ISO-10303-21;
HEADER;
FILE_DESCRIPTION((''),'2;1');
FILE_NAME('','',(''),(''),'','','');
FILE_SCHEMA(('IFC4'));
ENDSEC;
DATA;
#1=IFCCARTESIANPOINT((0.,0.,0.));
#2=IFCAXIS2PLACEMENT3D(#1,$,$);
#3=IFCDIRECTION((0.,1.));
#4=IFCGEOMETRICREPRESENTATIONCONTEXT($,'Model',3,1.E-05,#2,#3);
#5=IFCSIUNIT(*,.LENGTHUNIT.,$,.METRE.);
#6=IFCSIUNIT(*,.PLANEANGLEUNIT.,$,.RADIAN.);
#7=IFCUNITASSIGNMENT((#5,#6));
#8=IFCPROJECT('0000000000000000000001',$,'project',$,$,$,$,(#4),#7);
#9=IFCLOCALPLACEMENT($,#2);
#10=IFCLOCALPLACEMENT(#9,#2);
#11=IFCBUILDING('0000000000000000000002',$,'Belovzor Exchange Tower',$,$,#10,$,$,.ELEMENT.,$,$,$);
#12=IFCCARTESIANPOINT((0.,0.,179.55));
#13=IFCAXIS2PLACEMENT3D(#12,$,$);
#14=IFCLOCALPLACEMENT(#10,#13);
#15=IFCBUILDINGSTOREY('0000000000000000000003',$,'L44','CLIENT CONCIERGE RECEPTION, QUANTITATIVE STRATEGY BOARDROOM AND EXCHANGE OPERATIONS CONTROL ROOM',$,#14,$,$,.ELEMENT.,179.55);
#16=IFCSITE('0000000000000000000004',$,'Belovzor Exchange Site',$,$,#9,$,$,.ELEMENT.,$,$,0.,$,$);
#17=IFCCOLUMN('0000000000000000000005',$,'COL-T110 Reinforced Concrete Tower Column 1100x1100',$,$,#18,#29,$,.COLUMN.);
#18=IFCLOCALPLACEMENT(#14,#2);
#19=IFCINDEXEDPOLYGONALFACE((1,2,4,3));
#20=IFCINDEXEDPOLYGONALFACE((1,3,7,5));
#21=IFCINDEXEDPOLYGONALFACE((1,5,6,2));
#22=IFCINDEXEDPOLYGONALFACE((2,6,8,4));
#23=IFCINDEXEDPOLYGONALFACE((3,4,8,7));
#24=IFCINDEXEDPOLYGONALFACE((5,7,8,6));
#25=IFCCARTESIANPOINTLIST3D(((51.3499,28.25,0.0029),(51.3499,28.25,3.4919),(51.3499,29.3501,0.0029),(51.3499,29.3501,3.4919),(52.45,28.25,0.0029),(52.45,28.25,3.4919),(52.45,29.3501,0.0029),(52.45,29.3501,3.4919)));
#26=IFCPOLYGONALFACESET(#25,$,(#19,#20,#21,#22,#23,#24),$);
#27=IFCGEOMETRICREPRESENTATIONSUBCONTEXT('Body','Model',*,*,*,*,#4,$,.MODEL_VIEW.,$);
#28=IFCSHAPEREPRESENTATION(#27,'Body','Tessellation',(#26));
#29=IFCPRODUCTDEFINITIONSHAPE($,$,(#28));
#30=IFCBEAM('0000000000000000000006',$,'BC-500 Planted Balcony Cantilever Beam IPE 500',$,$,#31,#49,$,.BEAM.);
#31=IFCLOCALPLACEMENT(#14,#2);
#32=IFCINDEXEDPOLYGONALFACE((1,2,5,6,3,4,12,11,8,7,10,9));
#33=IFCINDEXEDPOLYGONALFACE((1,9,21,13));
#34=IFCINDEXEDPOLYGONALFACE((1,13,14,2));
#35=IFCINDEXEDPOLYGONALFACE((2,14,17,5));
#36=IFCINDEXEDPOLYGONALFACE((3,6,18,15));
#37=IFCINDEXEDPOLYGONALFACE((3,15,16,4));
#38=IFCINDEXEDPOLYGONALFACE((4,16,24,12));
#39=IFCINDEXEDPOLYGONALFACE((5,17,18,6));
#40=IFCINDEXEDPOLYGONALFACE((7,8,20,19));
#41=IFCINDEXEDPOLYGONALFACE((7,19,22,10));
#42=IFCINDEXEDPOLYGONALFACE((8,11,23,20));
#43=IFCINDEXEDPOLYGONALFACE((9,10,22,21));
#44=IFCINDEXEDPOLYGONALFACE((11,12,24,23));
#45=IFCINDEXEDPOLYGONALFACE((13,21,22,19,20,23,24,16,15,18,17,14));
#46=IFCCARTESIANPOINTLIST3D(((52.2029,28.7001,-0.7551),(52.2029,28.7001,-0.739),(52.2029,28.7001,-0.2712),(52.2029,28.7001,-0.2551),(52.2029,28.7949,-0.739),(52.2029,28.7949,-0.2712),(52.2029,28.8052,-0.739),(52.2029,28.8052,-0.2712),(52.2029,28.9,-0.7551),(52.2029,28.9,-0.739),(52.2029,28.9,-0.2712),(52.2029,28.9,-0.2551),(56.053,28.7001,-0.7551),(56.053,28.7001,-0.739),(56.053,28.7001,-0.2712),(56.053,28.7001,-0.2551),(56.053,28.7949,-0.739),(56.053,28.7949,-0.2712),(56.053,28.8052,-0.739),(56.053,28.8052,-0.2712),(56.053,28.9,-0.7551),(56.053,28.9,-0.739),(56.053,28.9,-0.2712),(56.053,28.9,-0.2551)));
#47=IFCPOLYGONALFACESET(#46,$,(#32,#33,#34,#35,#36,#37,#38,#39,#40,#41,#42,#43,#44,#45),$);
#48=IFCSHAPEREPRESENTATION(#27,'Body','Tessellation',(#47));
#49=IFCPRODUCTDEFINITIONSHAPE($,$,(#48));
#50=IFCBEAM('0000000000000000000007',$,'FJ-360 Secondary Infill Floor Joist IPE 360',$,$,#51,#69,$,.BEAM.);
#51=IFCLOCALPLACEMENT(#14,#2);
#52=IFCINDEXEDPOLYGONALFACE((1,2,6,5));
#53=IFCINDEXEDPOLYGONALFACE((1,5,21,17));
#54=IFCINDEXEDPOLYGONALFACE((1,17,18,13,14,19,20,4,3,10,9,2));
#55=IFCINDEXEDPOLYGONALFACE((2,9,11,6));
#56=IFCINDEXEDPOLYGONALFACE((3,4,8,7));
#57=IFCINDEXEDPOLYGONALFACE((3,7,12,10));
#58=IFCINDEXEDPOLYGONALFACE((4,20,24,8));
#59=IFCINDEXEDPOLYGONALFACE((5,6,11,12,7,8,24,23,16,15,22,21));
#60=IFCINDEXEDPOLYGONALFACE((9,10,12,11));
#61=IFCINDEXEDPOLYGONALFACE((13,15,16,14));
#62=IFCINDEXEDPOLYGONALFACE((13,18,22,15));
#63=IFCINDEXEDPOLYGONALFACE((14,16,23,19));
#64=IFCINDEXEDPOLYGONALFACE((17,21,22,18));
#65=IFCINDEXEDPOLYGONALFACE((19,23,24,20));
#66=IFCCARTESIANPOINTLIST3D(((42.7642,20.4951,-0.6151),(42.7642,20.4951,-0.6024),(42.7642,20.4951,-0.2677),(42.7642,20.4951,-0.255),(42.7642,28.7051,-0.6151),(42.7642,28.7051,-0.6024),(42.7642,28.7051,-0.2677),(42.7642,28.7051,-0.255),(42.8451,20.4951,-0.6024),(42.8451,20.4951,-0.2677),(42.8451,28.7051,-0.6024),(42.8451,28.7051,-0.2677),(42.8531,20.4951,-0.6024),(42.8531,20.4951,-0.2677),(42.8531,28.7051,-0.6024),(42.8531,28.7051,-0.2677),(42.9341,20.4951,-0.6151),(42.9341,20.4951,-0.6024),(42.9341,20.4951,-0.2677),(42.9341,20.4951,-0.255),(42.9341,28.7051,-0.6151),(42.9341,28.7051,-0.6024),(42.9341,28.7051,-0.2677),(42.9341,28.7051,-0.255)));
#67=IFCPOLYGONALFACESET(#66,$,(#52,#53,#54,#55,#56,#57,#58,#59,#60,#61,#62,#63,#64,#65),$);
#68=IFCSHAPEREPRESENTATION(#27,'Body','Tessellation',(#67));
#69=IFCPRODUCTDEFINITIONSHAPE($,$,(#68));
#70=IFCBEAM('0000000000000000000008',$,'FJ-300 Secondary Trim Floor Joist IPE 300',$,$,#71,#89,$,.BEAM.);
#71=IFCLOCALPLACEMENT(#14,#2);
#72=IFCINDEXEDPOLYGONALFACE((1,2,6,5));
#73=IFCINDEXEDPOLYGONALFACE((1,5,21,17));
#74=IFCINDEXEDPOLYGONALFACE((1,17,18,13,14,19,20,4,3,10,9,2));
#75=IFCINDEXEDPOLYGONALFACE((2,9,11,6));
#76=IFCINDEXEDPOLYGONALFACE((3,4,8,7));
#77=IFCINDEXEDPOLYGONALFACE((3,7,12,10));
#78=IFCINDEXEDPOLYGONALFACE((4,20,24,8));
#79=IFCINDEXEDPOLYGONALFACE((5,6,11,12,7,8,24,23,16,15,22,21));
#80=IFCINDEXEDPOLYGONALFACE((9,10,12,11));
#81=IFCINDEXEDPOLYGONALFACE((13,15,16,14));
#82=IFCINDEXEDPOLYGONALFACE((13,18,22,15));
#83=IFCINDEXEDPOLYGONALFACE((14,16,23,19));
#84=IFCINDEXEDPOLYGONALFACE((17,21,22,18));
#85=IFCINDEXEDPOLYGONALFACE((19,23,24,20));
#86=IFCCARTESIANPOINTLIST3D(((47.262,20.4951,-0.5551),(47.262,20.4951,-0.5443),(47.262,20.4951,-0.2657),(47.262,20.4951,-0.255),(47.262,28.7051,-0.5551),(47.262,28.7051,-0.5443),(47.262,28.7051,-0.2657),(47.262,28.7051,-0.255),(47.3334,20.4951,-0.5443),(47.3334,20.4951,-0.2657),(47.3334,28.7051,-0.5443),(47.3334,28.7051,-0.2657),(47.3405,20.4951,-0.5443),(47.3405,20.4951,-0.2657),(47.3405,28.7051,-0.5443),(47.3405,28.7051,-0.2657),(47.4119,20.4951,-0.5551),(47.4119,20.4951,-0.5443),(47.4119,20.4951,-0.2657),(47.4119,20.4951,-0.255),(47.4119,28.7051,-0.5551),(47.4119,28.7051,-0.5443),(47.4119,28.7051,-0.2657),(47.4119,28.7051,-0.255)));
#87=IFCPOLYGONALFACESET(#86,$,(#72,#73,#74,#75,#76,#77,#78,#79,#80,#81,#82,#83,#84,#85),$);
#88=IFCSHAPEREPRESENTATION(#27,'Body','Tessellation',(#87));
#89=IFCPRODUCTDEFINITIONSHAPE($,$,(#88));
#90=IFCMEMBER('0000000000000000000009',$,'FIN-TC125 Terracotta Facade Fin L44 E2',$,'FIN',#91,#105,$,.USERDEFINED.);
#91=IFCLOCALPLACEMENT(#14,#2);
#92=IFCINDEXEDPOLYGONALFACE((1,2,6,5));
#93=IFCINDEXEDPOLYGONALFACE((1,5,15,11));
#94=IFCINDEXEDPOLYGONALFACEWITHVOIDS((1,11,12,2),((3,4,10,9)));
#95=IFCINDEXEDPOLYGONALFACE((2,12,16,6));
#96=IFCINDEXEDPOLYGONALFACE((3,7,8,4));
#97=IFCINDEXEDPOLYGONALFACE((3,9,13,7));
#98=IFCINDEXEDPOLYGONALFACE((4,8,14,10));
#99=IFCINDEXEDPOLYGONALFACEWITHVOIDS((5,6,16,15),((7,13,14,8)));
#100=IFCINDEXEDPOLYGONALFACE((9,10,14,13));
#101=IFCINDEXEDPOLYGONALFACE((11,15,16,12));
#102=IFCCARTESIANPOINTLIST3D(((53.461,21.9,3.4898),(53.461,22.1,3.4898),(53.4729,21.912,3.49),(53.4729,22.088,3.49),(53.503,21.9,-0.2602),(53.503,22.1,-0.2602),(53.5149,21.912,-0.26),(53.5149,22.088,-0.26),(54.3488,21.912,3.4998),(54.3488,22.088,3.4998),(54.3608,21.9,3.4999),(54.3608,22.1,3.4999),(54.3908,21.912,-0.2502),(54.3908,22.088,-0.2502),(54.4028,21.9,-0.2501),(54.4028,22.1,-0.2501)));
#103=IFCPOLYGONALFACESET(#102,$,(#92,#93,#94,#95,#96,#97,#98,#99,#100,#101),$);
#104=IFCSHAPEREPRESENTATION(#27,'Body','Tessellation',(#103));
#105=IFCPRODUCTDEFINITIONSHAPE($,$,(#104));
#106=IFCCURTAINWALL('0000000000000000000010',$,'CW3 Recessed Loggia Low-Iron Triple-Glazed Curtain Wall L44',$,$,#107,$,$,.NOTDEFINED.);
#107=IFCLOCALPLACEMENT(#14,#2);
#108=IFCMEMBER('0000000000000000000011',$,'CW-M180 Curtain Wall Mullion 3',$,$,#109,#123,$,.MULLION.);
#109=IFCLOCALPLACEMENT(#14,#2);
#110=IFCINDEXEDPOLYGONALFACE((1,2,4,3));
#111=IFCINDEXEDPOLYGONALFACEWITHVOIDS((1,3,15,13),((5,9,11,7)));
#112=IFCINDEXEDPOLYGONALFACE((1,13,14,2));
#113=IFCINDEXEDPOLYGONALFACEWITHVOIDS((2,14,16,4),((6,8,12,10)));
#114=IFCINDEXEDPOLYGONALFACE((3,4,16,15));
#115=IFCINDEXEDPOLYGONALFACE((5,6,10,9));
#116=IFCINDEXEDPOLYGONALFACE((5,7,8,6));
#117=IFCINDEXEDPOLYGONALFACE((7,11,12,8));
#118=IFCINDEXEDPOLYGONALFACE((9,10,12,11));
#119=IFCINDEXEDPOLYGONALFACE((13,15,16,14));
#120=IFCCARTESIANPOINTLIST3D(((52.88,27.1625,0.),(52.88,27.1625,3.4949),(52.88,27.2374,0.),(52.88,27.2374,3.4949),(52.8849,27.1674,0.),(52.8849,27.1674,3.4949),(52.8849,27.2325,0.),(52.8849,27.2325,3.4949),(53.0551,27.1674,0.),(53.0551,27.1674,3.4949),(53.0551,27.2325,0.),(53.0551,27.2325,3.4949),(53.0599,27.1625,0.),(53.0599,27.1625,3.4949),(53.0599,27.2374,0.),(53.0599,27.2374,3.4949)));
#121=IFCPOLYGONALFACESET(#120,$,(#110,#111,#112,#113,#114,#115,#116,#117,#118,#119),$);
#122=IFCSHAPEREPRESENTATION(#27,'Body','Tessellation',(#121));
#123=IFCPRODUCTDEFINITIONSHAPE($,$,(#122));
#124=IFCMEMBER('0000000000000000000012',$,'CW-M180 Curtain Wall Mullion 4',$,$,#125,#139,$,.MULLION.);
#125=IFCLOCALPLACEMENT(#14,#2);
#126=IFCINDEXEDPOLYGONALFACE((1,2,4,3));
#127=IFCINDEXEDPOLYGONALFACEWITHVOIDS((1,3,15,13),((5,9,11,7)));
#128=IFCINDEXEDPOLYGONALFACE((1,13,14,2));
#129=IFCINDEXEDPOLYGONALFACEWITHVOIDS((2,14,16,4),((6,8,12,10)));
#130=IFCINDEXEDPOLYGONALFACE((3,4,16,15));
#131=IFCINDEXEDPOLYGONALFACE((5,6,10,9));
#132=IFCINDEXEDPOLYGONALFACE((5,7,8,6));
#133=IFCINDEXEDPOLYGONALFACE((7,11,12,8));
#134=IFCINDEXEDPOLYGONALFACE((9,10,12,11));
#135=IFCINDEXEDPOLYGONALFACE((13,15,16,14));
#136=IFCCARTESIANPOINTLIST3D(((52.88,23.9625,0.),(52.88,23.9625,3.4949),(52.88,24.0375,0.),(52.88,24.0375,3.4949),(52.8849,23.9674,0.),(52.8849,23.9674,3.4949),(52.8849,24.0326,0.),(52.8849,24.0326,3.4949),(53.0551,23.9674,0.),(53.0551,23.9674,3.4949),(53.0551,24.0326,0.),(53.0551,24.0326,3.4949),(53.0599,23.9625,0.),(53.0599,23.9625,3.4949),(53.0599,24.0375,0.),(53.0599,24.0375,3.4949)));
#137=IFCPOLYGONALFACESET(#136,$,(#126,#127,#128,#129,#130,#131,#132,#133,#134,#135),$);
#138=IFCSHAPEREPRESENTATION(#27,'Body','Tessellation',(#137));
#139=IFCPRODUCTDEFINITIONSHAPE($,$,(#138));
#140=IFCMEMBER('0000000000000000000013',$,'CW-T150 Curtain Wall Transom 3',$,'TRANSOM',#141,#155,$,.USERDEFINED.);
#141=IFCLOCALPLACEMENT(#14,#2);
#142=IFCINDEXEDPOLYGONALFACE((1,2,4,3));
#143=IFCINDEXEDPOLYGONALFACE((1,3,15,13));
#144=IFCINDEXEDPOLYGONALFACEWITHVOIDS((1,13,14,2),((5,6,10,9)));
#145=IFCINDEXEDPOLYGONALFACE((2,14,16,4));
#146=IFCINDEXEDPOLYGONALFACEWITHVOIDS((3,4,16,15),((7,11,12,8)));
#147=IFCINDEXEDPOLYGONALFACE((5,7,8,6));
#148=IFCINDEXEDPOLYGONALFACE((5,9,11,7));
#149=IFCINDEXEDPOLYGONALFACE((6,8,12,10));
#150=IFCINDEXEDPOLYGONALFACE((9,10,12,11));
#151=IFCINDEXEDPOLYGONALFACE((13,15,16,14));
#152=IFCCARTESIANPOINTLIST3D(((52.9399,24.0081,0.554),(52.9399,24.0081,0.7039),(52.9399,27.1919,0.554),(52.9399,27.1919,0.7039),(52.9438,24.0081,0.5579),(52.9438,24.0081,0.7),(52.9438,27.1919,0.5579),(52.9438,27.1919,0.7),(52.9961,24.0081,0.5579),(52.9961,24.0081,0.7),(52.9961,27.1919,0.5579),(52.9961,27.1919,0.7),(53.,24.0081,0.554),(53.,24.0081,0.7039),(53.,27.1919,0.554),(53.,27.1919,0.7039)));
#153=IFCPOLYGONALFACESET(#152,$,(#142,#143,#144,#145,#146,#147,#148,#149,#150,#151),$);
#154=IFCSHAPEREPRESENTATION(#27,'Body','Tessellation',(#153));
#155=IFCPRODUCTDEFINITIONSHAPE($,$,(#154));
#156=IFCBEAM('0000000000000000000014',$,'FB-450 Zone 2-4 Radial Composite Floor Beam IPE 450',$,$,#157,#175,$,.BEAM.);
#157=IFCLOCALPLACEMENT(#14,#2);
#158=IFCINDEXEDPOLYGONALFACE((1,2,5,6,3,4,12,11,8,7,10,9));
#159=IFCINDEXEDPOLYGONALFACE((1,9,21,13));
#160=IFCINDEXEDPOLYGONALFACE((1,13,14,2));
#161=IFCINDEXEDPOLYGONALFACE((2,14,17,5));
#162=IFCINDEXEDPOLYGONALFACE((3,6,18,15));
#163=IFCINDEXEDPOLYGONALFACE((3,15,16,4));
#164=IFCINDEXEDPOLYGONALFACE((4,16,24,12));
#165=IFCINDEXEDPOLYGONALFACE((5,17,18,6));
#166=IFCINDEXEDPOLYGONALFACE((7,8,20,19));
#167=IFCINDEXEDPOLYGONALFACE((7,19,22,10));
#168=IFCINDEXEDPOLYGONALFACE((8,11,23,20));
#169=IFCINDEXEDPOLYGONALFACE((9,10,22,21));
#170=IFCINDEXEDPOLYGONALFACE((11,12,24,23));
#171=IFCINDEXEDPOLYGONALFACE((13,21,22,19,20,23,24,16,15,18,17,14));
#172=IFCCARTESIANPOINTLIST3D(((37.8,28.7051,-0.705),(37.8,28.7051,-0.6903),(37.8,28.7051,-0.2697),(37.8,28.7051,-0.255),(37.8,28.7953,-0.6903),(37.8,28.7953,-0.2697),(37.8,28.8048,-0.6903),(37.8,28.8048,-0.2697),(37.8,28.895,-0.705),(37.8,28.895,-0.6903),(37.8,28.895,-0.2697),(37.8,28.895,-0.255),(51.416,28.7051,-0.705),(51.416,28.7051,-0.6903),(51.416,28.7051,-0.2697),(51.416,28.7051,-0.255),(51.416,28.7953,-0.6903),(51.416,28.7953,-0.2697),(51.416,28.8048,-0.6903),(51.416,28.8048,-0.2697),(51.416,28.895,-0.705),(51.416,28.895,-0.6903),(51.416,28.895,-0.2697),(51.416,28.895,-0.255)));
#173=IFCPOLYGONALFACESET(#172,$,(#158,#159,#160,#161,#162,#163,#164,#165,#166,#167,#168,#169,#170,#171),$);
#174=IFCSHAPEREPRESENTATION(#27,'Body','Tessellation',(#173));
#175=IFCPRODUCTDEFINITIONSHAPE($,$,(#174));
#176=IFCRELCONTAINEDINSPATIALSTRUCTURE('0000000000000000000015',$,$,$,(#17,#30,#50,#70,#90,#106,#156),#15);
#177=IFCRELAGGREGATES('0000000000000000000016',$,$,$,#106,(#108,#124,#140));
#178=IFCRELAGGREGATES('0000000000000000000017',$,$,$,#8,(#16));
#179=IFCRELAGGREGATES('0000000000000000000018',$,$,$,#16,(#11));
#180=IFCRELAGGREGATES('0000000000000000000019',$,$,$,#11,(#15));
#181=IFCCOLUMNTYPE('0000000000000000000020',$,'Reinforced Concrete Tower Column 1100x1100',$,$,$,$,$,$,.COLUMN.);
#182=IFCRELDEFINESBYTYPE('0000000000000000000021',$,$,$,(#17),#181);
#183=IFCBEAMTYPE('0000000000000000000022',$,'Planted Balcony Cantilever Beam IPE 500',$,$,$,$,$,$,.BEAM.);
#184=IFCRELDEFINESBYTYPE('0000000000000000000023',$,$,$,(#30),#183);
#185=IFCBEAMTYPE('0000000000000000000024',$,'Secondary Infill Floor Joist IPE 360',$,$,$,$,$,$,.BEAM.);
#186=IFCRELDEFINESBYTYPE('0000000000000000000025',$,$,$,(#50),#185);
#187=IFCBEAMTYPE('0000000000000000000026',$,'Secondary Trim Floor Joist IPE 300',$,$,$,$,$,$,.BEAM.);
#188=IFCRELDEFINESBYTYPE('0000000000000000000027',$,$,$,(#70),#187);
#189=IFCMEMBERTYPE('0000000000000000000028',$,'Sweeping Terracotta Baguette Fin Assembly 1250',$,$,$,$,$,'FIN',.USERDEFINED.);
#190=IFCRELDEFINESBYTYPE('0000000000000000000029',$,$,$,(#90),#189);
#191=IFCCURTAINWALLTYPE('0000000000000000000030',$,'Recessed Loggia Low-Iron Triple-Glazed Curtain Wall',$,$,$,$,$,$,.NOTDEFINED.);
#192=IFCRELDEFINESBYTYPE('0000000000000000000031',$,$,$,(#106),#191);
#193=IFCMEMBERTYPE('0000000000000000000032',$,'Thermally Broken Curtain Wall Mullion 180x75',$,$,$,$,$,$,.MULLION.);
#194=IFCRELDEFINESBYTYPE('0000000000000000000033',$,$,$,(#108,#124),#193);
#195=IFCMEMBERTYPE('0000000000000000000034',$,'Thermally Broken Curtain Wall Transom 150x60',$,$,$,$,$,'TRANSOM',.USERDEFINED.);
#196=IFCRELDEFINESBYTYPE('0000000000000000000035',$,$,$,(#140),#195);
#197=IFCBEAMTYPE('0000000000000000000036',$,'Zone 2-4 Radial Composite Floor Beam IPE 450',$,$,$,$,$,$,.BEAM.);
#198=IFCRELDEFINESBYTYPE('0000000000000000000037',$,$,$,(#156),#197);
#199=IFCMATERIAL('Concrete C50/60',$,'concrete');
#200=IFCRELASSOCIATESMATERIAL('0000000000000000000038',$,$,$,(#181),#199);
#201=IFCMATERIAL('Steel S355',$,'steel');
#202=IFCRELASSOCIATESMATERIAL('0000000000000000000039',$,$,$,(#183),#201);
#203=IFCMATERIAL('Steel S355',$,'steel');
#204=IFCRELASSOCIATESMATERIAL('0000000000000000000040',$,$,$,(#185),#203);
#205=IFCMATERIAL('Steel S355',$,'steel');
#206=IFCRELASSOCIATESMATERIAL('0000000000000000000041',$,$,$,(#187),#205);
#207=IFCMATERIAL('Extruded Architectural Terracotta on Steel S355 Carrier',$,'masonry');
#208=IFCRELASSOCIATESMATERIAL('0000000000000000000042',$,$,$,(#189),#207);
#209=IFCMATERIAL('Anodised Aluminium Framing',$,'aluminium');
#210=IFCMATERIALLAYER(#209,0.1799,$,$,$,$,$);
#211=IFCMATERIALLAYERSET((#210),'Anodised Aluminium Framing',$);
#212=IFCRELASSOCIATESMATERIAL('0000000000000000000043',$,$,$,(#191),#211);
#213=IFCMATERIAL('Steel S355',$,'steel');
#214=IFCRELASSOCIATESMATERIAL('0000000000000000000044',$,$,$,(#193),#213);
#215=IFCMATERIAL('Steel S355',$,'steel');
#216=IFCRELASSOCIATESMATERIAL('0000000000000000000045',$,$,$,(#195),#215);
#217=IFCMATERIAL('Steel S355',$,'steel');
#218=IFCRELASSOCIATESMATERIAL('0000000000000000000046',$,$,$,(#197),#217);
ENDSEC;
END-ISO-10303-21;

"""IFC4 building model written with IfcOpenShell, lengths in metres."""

from ifc_helpers import new_model, si_unit, direction, frame, origin, origin_2d, place, context, subcontext, project, spatial, rectangle, hollow_rectangle, i_section, extrude, material, layer, layer_set, material_profile, profile_set, type_object, element, aggregate, save


model = new_model("IFC4")

# Units and contexts
model_context = context("Model", 3, precision=1e-05, world=origin(), true_north=direction((0.0, 1.0)))
body_context = subcontext(model_context, "Body", "Model", "MODEL_VIEW")
ifc_project = project(units=[si_unit("LENGTHUNIT", "METRE"), si_unit("PLANEANGLEUNIT", "RADIAN")], contexts=[model_context])

# Site, building, storey
site_placement = place(None, origin())
site = spatial("IfcSite", under=ifc_project, at=site_placement, Name="Belovzor Exchange Site", CompositionType="ELEMENT", RefElevation=0.0)
building_placement = place(site_placement, origin())
building = spatial("IfcBuilding", under=site, at=building_placement, Name="Belovzor Exchange Tower", CompositionType="ELEMENT")
storey_placement = place(building_placement, frame((0.0, 0.0, 179.55)))
storey = spatial("IfcBuildingStorey", under=building, at=storey_placement, Name="L44", Description="CLIENT CONCIERGE RECEPTION, QUANTITATIVE STRATEGY BOARDROOM AND EXCHANGE OPERATIONS CONTROL ROOM", CompositionType="ELEMENT", Elevation=179.55)

# Column
ifc_material_1 = material(Name="Concrete C50/60", Category="concrete")
ifc_material_profile_1 = material_profile(ifc_material_1, rectangle(XDim=1.1001, YDim=1.1001, at=origin_2d()))
ifc_profile_set_1 = profile_set([ifc_material_profile_1], Name="Concrete C50/60")
column_type = type_object("IfcColumnType", Name="Reinforced Concrete Tower Column 1100x1100", PredefinedType="COLUMN", material=ifc_profile_set_1)
column_placement = place(storey_placement, frame((51.8999, 28.8, 0.0029), z_axis=(0.0, 0.0, 1.0), x_axis=(1.0, 0.0, 0.0)))
element("IfcColumn", 1, at=column_placement, inside=storey, type_object=column_type, Name="COL-T110 Reinforced Concrete Tower Column 1100x1100", PredefinedType="COLUMN", context=body_context, shape_type="SweptSolid", body=[
    extrude(rectangle(XDim=1.1001, YDim=1.1001, at=origin_2d()), origin(), (0.0, 0.0, 1.0), 3.489),
])

# Beams
ifc_material_2 = material(Name="Steel S355", Category="steel")
ifc_material_profile_2 = material_profile(ifc_material_2, i_section(OverallWidth=0.2, OverallDepth=0.5, WebThickness=0.0103, FlangeThickness=0.0161, at=origin_2d()))
ifc_profile_set_2 = profile_set([ifc_material_profile_2], Name="Steel S355")
beam_type_1 = type_object("IfcBeamType", Name="Planted Balcony Cantilever Beam IPE 500", PredefinedType="BEAM", material=ifc_profile_set_2)
beam_1_placement = place(storey_placement, frame((52.2029, 28.8, -0.5051), z_axis=(1.0, 0.0, 0.0), x_axis=(0.0, 1.0, 0.0)))
element("IfcBeam", 2, at=beam_1_placement, inside=storey, type_object=beam_type_1, Name="BC-500 Planted Balcony Cantilever Beam IPE 500", PredefinedType="BEAM", context=body_context, shape_type="SweptSolid", body=[
    extrude(i_section(OverallWidth=0.2, OverallDepth=0.5, WebThickness=0.0103, FlangeThickness=0.0161, at=origin_2d()), origin(), (0.0, 0.0, 1.0), 3.8501),
])
ifc_material_3 = material(Name="Steel S355", Category="steel")
ifc_material_profile_3 = material_profile(ifc_material_3, i_section(OverallWidth=0.1699, OverallDepth=0.3601, WebThickness=0.0081, FlangeThickness=0.0127, at=origin_2d()))
ifc_profile_set_3 = profile_set([ifc_material_profile_3], Name="Steel S355")
beam_type_2 = type_object("IfcBeamType", Name="Secondary Infill Floor Joist IPE 360", PredefinedType="BEAM", material=ifc_profile_set_3)
beam_2_placement = place(storey_placement, frame((42.8491, 20.4951, -0.4351), z_axis=(0.0, 1.0, 0.0), x_axis=(-1.0, 0.0, 0.0)))
element("IfcBeam", 3, at=beam_2_placement, inside=storey, type_object=beam_type_2, Name="FJ-360 Secondary Infill Floor Joist IPE 360", PredefinedType="BEAM", context=body_context, shape_type="SweptSolid", body=[
    extrude(i_section(OverallWidth=0.1699, OverallDepth=0.3601, WebThickness=0.0081, FlangeThickness=0.0127, at=origin_2d()), origin(), (0.0, 0.0, 1.0), 8.21),
])
ifc_material_4 = material(Name="Steel S355", Category="steel")
ifc_material_profile_4 = material_profile(ifc_material_4, i_section(OverallWidth=0.1499, OverallDepth=0.3, WebThickness=0.0071, FlangeThickness=0.0107, at=origin_2d()))
ifc_profile_set_4 = profile_set([ifc_material_profile_4], Name="Steel S355")
beam_type_3 = type_object("IfcBeamType", Name="Secondary Trim Floor Joist IPE 300", PredefinedType="BEAM", material=ifc_profile_set_4)
beam_3_placement = place(storey_placement, frame((47.3369, 20.4951, -0.405), z_axis=(0.0, 1.0, 0.0), x_axis=(-1.0, 0.0, 0.0)))
element("IfcBeam", 4, at=beam_3_placement, inside=storey, type_object=beam_type_3, Name="FJ-300 Secondary Trim Floor Joist IPE 300", PredefinedType="BEAM", context=body_context, shape_type="SweptSolid", body=[
    extrude(i_section(OverallWidth=0.1499, OverallDepth=0.3, WebThickness=0.0071, FlangeThickness=0.0107, at=origin_2d()), origin(), (0.0, 0.0, 1.0), 8.21),
])

# Member
ifc_material_5 = material(Name="Extruded Architectural Terracotta on Steel S355 Carrier", Category="masonry")
ifc_material_profile_5 = material_profile(ifc_material_5, hollow_rectangle(XDim=0.2, YDim=0.8999, WallThickness=0.012, at=origin_2d()))
ifc_profile_set_5 = profile_set([ifc_material_profile_5], Name="Extruded Architectural Terracotta on Steel S355 Carrier")
member_type_1 = type_object("IfcMemberType", Name="Sweeping Terracotta Baguette Fin Assembly 1250", ElementType="FIN", PredefinedType="USERDEFINED", material=ifc_profile_set_5)
member_1_placement = place(storey_placement, frame((53.9529, 22.0, -0.2551), z_axis=(-0.011197, 0.0, 0.999937), x_axis=(0.0, -1.0, 0.0)))
element("IfcMember", 5, at=member_1_placement, inside=storey, type_object=member_type_1, Name="FIN-TC125 Terracotta Facade Fin L44 E2", ObjectType="FIN", PredefinedType="USERDEFINED", context=body_context, shape_type="SweptSolid", body=[
    extrude(hollow_rectangle(XDim=0.2, YDim=0.8999, WallThickness=0.012, at=origin_2d()), origin(), (0.0, 0.0, 1.0), 3.7502),
])

# Curtain wall, members
ifc_material_6 = material(Name="Anodised Aluminium Framing", Category="aluminium")
ifc_layer_1 = layer(ifc_material_6, 0.1799)
ifc_layer_set_1 = layer_set([ifc_layer_1], Name="Anodised Aluminium Framing")
curtain_wall_type = type_object("IfcCurtainWallType", Name="Recessed Loggia Low-Iron Triple-Glazed Curtain Wall", PredefinedType="NOTDEFINED", material=ifc_layer_set_1)
curtain_wall_placement = place(storey_placement, origin())
curtain_wall = element("IfcCurtainWall", 6, at=curtain_wall_placement, inside=storey, type_object=curtain_wall_type, Name="CW3 Recessed Loggia Low-Iron Triple-Glazed Curtain Wall L44", PredefinedType="NOTDEFINED")
ifc_material_7 = material(Name="Steel S355", Category="steel")
ifc_material_profile_6 = material_profile(ifc_material_7, hollow_rectangle(XDim=0.075, YDim=0.1799, WallThickness=0.0049, at=origin_2d()))
ifc_profile_set_6 = profile_set([ifc_material_profile_6], Name="Steel S355")
member_type_2 = type_object("IfcMemberType", Name="Thermally Broken Curtain Wall Mullion 180x75", PredefinedType="MULLION", material=ifc_profile_set_6)
member_2_placement = place(storey_placement, frame((52.97, 27.2, 0.0), z_axis=(0.0, 0.0, 1.0), x_axis=(0.0, -1.0, 0.0)))
member_2 = element("IfcMember", 7, at=member_2_placement, type_object=member_type_2, Name="CW-M180 Curtain Wall Mullion 3", PredefinedType="MULLION", context=body_context, shape_type="SweptSolid", body=[
    extrude(hollow_rectangle(XDim=0.075, YDim=0.1799, WallThickness=0.0049, at=origin_2d()), origin(), (0.0, 0.0, 1.0), 3.4949),
])
member_3_placement = place(storey_placement, frame((52.97, 24.0, 0.0), z_axis=(0.0, 0.0, 1.0), x_axis=(0.0, -1.0, 0.0)))
member_3 = element("IfcMember", 8, at=member_3_placement, type_object=member_type_2, Name="CW-M180 Curtain Wall Mullion 4", PredefinedType="MULLION", context=body_context, shape_type="SweptSolid", body=[
    extrude(hollow_rectangle(XDim=0.075, YDim=0.1799, WallThickness=0.0049, at=origin_2d()), origin(), (0.0, 0.0, 1.0), 3.4949),
])
ifc_material_8 = material(Name="Steel S355", Category="steel")
ifc_material_profile_7 = material_profile(ifc_material_8, hollow_rectangle(XDim=0.0601, YDim=0.1499, WallThickness=0.0039, at=origin_2d()))
ifc_profile_set_7 = profile_set([ifc_material_profile_7], Name="Steel S355")
member_type_3 = type_object("IfcMemberType", Name="Thermally Broken Curtain Wall Transom 150x60", ElementType="TRANSOM", PredefinedType="USERDEFINED", material=ifc_profile_set_7)
member_4_placement = place(storey_placement, frame((52.97, 27.1919, 0.6289), z_axis=(0.0, -1.0, 0.0), x_axis=(1.0, 0.0, 0.0)))
member_4 = element("IfcMember", 9, at=member_4_placement, type_object=member_type_3, Name="CW-T150 Curtain Wall Transom 3", ObjectType="TRANSOM", PredefinedType="USERDEFINED", context=body_context, shape_type="SweptSolid", body=[
    extrude(hollow_rectangle(XDim=0.0601, YDim=0.1499, WallThickness=0.0039, at=origin_2d()), origin(), (0.0, 0.0, 1.0), 3.1838),
])

# Beam
ifc_material_9 = material(Name="Steel S355", Category="steel")
ifc_material_profile_8 = material_profile(ifc_material_9, i_section(OverallWidth=0.1899, OverallDepth=0.45, WebThickness=0.0095, FlangeThickness=0.0146, at=origin_2d()))
ifc_profile_set_8 = profile_set([ifc_material_profile_8], Name="Steel S355")
beam_type_4 = type_object("IfcBeamType", Name="Zone 2-4 Radial Composite Floor Beam IPE 450", PredefinedType="BEAM", material=ifc_profile_set_8)
beam_4_placement = place(storey_placement, frame((37.8, 28.8, -0.48), z_axis=(1.0, 0.0, 0.0), x_axis=(0.0, 1.0, 0.0)))
element("IfcBeam", 10, at=beam_4_placement, inside=storey, type_object=beam_type_4, Name="FB-450 Zone 2-4 Radial Composite Floor Beam IPE 450", PredefinedType="BEAM", context=body_context, shape_type="SweptSolid", body=[
    extrude(i_section(OverallWidth=0.1899, OverallDepth=0.45, WebThickness=0.0095, FlangeThickness=0.0146, at=origin_2d()), origin(), (0.0, 0.0, 1.0), 13.616),
])

aggregate(curtain_wall, [member_2, member_3, member_4])

save(model, "model.ifc")
